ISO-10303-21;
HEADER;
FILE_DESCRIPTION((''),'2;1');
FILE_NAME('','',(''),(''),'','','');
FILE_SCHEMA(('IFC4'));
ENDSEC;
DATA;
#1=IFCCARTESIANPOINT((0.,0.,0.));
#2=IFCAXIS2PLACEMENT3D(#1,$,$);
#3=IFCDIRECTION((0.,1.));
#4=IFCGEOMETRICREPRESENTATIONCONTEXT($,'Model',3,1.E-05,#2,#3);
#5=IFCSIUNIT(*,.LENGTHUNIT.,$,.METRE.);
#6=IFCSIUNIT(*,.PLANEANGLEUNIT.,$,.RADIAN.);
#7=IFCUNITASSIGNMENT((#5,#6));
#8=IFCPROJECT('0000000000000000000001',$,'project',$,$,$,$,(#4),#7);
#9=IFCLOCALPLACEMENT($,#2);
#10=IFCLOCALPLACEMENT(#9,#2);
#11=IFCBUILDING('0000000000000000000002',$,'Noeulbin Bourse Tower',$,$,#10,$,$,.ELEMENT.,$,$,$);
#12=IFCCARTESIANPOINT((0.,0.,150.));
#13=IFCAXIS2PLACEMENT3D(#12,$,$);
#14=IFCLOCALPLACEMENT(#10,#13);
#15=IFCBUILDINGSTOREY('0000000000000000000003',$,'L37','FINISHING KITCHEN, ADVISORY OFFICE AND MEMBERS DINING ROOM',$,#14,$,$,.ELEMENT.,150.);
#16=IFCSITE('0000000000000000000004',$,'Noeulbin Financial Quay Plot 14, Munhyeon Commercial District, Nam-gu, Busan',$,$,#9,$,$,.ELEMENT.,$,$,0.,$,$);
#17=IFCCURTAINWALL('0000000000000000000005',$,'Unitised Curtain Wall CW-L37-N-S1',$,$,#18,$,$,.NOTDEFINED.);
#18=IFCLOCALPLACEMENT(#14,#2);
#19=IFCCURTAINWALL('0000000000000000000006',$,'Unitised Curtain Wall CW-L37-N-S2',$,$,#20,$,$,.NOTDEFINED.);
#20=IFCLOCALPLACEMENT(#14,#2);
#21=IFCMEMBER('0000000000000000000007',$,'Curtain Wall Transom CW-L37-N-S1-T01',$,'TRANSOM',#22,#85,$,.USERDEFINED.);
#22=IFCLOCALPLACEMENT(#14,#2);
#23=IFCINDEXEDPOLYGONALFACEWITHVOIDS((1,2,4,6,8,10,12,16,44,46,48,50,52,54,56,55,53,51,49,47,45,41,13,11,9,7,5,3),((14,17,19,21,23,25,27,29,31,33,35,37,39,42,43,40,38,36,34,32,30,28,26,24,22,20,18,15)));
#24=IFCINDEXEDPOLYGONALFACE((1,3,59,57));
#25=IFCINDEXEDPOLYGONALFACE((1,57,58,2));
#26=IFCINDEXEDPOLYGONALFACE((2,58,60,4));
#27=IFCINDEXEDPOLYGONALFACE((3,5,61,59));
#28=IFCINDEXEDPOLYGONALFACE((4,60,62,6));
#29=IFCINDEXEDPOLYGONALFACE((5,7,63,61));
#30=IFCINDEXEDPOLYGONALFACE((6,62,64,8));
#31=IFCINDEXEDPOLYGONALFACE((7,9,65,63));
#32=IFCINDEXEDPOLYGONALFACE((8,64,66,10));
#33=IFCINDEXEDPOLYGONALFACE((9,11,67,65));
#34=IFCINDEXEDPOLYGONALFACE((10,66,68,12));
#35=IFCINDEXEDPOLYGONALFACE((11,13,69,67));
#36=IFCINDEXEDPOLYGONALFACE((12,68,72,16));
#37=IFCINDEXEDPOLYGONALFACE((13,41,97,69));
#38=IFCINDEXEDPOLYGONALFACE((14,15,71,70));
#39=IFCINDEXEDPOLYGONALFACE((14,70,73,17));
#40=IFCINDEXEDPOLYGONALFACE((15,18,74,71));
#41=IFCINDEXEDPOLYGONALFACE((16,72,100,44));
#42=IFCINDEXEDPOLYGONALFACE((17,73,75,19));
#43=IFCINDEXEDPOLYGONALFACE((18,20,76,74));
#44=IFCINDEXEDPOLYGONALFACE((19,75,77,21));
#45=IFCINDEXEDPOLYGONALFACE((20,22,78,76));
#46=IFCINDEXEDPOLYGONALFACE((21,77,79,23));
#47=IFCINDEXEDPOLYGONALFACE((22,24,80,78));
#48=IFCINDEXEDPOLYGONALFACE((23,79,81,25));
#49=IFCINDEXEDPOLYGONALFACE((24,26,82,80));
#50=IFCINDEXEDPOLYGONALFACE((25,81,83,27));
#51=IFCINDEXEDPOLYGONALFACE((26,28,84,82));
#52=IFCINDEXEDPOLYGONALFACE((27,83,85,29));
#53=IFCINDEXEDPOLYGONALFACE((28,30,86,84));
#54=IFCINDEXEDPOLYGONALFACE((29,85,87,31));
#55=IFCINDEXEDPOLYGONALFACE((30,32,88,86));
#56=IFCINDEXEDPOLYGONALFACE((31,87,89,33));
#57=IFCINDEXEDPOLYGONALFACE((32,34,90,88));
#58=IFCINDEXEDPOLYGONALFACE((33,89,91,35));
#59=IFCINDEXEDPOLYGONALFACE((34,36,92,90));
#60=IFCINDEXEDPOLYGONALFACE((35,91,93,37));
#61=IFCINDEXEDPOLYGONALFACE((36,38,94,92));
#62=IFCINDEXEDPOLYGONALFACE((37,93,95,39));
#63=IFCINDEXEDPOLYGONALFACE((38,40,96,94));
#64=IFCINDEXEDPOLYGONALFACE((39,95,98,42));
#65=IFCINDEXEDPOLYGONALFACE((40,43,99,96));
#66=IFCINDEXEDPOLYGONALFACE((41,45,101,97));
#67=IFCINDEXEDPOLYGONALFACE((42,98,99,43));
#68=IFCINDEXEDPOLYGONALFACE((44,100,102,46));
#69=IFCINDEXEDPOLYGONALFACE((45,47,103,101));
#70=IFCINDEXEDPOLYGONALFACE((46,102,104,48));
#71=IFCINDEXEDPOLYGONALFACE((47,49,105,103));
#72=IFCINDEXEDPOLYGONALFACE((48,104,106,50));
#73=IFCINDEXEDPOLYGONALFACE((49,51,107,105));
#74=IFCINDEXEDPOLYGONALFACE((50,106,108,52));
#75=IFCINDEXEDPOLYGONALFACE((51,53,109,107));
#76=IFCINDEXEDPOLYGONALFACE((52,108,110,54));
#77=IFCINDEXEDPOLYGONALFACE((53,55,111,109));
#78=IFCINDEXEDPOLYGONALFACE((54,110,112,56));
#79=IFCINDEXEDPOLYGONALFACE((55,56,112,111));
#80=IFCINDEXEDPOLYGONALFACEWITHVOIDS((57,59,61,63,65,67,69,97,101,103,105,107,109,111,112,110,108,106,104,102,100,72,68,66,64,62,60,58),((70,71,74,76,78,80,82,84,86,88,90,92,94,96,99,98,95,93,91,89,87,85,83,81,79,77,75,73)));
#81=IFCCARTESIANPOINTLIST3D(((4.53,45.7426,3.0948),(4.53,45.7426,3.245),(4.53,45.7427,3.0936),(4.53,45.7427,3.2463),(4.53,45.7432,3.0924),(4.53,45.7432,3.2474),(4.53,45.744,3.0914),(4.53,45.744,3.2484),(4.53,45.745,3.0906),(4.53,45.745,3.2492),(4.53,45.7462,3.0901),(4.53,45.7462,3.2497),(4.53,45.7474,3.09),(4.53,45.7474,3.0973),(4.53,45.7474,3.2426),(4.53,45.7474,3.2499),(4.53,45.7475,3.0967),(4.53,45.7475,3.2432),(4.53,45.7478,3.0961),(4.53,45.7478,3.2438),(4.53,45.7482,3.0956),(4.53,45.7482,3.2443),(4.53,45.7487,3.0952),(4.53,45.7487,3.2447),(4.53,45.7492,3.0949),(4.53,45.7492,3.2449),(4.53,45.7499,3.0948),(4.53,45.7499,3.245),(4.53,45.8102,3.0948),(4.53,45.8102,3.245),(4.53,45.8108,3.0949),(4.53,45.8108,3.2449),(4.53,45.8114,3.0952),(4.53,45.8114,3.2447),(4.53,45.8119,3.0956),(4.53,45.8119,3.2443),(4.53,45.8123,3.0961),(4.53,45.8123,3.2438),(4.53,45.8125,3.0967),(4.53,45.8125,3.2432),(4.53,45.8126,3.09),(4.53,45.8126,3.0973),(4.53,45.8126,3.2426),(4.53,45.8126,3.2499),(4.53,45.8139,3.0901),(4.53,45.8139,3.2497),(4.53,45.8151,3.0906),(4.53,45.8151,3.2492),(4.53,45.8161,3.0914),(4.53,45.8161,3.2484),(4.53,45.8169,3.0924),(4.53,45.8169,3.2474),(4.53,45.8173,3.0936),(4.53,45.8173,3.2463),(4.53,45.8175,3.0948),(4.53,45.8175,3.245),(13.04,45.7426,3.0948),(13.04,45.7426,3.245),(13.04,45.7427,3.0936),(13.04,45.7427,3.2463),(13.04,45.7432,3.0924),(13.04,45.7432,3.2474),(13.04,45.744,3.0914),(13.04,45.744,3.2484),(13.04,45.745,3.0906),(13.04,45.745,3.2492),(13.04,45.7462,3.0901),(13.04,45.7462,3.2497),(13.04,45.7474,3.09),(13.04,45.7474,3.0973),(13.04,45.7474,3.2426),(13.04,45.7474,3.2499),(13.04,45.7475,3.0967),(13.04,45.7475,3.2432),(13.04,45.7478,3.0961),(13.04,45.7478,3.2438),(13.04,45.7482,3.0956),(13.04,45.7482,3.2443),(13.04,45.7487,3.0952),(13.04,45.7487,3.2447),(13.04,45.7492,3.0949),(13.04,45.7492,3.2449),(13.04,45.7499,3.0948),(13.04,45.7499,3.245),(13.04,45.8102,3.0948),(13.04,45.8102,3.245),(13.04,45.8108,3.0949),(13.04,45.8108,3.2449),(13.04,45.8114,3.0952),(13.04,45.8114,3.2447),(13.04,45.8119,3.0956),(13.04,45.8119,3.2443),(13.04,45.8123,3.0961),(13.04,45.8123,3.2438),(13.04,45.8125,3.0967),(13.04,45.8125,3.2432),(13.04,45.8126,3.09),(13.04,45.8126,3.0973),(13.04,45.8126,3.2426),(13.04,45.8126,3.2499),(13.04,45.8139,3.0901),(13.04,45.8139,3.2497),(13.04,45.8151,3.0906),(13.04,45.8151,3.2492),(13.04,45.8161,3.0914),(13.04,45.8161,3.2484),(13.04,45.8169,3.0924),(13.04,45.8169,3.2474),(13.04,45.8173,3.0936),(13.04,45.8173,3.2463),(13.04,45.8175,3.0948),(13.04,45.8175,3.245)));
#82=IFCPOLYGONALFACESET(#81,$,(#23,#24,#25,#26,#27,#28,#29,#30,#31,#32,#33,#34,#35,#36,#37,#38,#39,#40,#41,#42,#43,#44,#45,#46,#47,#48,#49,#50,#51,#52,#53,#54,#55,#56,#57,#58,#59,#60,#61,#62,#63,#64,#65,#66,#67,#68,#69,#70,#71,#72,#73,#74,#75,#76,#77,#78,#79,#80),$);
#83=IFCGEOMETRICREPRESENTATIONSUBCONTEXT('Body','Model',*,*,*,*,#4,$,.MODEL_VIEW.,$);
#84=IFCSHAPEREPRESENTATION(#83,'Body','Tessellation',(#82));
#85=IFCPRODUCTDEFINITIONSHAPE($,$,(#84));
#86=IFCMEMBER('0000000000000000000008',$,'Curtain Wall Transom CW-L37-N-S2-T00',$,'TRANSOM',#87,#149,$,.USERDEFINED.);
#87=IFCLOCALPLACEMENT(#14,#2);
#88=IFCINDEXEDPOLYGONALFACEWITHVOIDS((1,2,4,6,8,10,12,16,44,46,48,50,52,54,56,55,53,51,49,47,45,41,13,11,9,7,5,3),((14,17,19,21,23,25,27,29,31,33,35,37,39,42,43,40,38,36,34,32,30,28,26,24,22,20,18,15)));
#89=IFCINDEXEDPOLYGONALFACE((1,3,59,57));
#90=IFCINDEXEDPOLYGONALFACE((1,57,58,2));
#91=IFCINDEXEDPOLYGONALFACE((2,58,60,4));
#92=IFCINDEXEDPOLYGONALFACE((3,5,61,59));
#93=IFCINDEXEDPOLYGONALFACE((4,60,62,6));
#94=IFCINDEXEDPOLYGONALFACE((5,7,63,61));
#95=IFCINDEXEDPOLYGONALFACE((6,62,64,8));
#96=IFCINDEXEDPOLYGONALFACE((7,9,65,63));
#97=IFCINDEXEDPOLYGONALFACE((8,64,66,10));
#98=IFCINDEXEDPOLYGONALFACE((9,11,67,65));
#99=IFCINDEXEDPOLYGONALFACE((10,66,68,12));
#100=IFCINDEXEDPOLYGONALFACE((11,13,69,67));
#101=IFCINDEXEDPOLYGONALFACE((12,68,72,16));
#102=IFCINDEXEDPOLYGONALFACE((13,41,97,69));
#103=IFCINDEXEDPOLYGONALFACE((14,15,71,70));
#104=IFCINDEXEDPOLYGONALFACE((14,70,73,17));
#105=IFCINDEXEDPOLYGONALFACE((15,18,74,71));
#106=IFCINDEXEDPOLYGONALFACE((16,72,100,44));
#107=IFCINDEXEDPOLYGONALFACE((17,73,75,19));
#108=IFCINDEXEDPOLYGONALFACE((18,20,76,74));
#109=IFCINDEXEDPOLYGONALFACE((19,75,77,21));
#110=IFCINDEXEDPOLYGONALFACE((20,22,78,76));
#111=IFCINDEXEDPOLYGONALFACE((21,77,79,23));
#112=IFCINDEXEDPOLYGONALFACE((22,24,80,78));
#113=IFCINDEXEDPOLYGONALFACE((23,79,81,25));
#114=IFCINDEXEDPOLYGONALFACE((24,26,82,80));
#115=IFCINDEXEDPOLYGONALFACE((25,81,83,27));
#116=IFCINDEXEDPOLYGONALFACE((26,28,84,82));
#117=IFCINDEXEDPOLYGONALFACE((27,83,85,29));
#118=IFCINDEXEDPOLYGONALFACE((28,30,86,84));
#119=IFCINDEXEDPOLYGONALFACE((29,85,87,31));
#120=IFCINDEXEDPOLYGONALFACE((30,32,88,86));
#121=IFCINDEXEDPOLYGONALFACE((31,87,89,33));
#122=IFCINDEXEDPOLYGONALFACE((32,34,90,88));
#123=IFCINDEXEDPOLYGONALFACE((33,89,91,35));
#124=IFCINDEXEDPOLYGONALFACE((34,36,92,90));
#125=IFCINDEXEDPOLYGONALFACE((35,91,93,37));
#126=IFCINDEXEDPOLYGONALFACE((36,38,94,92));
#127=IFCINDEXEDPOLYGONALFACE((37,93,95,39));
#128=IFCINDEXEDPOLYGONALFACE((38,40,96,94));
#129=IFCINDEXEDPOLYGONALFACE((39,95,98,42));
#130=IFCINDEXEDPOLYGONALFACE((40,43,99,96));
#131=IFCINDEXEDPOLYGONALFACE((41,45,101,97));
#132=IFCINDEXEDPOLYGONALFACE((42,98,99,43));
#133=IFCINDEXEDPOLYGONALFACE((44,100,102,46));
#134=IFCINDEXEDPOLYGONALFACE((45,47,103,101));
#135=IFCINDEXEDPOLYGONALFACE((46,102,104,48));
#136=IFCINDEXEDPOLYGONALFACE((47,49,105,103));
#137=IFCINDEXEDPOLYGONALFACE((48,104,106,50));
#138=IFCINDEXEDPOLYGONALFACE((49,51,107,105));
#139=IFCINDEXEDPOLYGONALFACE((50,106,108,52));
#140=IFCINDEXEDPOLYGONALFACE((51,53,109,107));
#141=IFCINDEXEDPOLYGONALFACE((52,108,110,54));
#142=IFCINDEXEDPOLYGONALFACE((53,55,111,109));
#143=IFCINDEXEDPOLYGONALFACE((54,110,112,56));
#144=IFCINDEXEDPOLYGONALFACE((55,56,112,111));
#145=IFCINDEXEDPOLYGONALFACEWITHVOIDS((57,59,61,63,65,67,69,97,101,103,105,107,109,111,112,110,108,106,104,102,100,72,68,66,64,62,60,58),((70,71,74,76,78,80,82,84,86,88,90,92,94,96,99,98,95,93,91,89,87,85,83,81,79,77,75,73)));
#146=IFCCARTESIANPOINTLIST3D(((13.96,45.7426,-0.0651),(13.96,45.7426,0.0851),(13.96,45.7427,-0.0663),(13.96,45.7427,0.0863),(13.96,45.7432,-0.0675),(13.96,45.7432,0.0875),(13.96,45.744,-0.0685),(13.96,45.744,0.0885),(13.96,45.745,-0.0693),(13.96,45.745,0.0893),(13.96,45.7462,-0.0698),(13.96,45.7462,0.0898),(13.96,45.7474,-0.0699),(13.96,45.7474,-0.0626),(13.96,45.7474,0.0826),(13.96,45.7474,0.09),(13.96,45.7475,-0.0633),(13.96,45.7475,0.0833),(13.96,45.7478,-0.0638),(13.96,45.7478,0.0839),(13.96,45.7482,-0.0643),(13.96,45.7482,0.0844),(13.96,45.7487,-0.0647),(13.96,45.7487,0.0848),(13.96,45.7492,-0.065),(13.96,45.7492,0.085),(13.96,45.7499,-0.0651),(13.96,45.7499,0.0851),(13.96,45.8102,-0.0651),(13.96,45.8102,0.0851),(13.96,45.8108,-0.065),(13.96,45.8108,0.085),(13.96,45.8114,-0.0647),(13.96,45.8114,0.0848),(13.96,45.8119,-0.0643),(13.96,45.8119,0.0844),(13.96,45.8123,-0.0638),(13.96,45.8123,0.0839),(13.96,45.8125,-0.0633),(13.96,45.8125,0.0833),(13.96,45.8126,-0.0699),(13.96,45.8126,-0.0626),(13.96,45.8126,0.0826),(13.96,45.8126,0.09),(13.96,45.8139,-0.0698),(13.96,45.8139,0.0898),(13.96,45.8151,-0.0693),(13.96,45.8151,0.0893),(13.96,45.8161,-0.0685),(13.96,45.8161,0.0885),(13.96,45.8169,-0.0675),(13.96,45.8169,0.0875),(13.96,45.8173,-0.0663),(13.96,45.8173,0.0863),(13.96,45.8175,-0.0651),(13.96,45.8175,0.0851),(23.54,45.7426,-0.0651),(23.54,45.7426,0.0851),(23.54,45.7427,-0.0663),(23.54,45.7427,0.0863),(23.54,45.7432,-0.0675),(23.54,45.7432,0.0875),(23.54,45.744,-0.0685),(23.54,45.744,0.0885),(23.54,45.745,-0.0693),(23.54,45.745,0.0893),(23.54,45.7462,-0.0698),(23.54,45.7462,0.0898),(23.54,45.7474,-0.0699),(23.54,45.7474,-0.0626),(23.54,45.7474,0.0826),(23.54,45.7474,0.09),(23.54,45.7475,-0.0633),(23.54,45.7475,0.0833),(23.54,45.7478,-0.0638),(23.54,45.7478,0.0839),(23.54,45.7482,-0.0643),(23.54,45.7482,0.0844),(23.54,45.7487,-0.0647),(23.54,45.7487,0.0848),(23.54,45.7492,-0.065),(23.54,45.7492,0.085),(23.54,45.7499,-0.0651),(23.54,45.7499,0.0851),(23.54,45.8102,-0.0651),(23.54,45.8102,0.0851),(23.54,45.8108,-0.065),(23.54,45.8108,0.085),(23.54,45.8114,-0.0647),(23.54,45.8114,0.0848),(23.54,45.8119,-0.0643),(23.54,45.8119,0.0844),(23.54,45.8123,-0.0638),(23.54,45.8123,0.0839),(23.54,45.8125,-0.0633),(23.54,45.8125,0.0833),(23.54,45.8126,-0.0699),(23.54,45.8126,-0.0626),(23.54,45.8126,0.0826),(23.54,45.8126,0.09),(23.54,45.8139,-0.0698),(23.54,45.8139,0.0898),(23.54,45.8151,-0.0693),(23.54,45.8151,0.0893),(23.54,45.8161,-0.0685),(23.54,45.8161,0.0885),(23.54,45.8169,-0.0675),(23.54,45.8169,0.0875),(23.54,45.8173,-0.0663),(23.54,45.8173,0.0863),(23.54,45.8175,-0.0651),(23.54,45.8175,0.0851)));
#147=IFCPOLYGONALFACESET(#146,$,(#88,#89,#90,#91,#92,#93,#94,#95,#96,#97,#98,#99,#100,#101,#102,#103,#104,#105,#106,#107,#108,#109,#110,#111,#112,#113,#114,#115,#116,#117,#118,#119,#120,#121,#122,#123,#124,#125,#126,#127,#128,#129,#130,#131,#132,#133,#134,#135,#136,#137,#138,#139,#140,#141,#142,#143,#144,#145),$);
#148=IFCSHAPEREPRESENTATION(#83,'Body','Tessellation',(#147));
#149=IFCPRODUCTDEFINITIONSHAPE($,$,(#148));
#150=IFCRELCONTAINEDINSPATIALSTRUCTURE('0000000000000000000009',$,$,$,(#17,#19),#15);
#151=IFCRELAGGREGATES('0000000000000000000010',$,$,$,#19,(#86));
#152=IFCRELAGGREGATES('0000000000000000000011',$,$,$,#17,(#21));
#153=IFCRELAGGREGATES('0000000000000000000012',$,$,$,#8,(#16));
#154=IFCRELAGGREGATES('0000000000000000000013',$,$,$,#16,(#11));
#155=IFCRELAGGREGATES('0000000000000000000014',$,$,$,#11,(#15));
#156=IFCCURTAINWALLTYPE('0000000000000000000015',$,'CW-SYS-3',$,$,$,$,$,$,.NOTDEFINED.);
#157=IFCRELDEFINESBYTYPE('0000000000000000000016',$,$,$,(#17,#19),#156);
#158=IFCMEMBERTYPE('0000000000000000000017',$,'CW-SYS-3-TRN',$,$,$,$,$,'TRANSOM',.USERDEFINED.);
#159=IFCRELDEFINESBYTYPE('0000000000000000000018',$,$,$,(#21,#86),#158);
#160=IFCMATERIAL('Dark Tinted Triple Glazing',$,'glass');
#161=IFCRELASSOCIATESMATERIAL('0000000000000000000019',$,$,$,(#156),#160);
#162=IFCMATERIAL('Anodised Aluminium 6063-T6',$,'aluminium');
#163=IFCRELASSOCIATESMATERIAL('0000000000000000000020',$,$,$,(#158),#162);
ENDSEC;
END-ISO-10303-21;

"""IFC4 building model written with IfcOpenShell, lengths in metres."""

from ifc_helpers import new_model, si_unit, direction, frame, origin, origin_2d, place, context, subcontext, project, spatial, hollow_rectangle, extrude, material, material_profile, profile_set, type_object, element, aggregate, save


model = new_model("IFC4")

# Units and contexts
model_context = context("Model", 3, precision=1e-05, world=origin(), true_north=direction((0.0, 1.0)))
body_context = subcontext(model_context, "Body", "Model", "MODEL_VIEW")
ifc_project = project(units=[si_unit("LENGTHUNIT", "METRE"), si_unit("PLANEANGLEUNIT", "RADIAN")], contexts=[model_context])

# Site, building, storey
site_placement = place(None, origin())
site = spatial("IfcSite", under=ifc_project, at=site_placement, Name="Noeulbin Financial Quay Plot 14, Munhyeon Commercial District, Nam-gu, Busan", CompositionType="ELEMENT", RefElevation=0.0)
building_placement = place(site_placement, origin())
building = spatial("IfcBuilding", under=site, at=building_placement, Name="Noeulbin Bourse Tower", CompositionType="ELEMENT")
storey_placement = place(building_placement, frame((0.0, 0.0, 150.0)))
storey = spatial("IfcBuildingStorey", under=building, at=storey_placement, Name="L37", Description="FINISHING KITCHEN, ADVISORY OFFICE AND MEMBERS DINING ROOM", CompositionType="ELEMENT", Elevation=150.0)

# Curtain wall
ifc_material_1 = material(Name="Dark Tinted Triple Glazing", Category="glass")
curtain_wall_type = type_object("IfcCurtainWallType", Name="CW-SYS-3", PredefinedType="NOTDEFINED", material=ifc_material_1)
curtain_wall_1_placement = place(storey_placement, origin())
curtain_wall_1 = element("IfcCurtainWall", 1, at=curtain_wall_1_placement, inside=storey, type_object=curtain_wall_type, Name="Unitised Curtain Wall CW-L37-N-S1", PredefinedType="NOTDEFINED")
ifc_material_2 = material(Name="Anodised Aluminium 6063-T6", Category="aluminium")

# Curtain wall
curtain_wall_2_placement = place(storey_placement, origin())
curtain_wall_2 = element("IfcCurtainWall", 2, at=curtain_wall_2_placement, inside=storey, type_object=curtain_wall_type, Name="Unitised Curtain Wall CW-L37-N-S2", PredefinedType="NOTDEFINED")

# Members
ifc_material_profile_1 = material_profile(ifc_material_2, hollow_rectangle(XDim=0.075, YDim=0.1599, WallThickness=0.0049, InnerFilletRadius=0.0024, OuterFilletRadius=0.0049, at=origin_2d()), Name="ALU-TRAN-75x160x5", Category="LoadBearing")
ifc_profile_set_1 = profile_set([ifc_material_profile_1], Name="Anodised Aluminium 6063-T6")
member_type_1 = type_object("IfcMemberType", Name="CW-SYS-3-TRN", ElementType="TRANSOM", PredefinedType="USERDEFINED", material=ifc_profile_set_1)
member_1_placement = place(storey_placement, frame((4.53, 45.78, 3.1699), z_axis=(1.0, 0.0, 0.0), x_axis=(0.0, 1.0, 0.0)))
member_1 = element("IfcMember", 3, at=member_1_placement, type_object=member_type_1, Name="Curtain Wall Transom CW-L37-N-S1-T01", ObjectType="TRANSOM", PredefinedType="USERDEFINED", context=body_context, shape_type="SweptSolid", body=[
    extrude(hollow_rectangle(XDim=0.075, YDim=0.1599, WallThickness=0.0049, InnerFilletRadius=0.0024, OuterFilletRadius=0.0049, at=origin_2d()), origin(), (0.0, 0.0, 1.0), 8.51),
])
member_2_placement = place(storey_placement, frame((13.96, 45.78, 0.01), z_axis=(1.0, 0.0, 0.0), x_axis=(0.0, 1.0, 0.0)))
member_2 = element("IfcMember", 4, at=member_2_placement, type_object=member_type_1, Name="Curtain Wall Transom CW-L37-N-S2-T00", ObjectType="TRANSOM", PredefinedType="USERDEFINED", context=body_context, shape_type="SweptSolid", body=[
    extrude(hollow_rectangle(XDim=0.075, YDim=0.1599, WallThickness=0.0049, InnerFilletRadius=0.0024, OuterFilletRadius=0.0049, at=origin_2d()), origin(), (0.0, 0.0, 1.0), 9.5801),
])
aggregate(curtain_wall_2, [member_2])

aggregate(curtain_wall_1, [member_1])

save(model, "model.ifc")
